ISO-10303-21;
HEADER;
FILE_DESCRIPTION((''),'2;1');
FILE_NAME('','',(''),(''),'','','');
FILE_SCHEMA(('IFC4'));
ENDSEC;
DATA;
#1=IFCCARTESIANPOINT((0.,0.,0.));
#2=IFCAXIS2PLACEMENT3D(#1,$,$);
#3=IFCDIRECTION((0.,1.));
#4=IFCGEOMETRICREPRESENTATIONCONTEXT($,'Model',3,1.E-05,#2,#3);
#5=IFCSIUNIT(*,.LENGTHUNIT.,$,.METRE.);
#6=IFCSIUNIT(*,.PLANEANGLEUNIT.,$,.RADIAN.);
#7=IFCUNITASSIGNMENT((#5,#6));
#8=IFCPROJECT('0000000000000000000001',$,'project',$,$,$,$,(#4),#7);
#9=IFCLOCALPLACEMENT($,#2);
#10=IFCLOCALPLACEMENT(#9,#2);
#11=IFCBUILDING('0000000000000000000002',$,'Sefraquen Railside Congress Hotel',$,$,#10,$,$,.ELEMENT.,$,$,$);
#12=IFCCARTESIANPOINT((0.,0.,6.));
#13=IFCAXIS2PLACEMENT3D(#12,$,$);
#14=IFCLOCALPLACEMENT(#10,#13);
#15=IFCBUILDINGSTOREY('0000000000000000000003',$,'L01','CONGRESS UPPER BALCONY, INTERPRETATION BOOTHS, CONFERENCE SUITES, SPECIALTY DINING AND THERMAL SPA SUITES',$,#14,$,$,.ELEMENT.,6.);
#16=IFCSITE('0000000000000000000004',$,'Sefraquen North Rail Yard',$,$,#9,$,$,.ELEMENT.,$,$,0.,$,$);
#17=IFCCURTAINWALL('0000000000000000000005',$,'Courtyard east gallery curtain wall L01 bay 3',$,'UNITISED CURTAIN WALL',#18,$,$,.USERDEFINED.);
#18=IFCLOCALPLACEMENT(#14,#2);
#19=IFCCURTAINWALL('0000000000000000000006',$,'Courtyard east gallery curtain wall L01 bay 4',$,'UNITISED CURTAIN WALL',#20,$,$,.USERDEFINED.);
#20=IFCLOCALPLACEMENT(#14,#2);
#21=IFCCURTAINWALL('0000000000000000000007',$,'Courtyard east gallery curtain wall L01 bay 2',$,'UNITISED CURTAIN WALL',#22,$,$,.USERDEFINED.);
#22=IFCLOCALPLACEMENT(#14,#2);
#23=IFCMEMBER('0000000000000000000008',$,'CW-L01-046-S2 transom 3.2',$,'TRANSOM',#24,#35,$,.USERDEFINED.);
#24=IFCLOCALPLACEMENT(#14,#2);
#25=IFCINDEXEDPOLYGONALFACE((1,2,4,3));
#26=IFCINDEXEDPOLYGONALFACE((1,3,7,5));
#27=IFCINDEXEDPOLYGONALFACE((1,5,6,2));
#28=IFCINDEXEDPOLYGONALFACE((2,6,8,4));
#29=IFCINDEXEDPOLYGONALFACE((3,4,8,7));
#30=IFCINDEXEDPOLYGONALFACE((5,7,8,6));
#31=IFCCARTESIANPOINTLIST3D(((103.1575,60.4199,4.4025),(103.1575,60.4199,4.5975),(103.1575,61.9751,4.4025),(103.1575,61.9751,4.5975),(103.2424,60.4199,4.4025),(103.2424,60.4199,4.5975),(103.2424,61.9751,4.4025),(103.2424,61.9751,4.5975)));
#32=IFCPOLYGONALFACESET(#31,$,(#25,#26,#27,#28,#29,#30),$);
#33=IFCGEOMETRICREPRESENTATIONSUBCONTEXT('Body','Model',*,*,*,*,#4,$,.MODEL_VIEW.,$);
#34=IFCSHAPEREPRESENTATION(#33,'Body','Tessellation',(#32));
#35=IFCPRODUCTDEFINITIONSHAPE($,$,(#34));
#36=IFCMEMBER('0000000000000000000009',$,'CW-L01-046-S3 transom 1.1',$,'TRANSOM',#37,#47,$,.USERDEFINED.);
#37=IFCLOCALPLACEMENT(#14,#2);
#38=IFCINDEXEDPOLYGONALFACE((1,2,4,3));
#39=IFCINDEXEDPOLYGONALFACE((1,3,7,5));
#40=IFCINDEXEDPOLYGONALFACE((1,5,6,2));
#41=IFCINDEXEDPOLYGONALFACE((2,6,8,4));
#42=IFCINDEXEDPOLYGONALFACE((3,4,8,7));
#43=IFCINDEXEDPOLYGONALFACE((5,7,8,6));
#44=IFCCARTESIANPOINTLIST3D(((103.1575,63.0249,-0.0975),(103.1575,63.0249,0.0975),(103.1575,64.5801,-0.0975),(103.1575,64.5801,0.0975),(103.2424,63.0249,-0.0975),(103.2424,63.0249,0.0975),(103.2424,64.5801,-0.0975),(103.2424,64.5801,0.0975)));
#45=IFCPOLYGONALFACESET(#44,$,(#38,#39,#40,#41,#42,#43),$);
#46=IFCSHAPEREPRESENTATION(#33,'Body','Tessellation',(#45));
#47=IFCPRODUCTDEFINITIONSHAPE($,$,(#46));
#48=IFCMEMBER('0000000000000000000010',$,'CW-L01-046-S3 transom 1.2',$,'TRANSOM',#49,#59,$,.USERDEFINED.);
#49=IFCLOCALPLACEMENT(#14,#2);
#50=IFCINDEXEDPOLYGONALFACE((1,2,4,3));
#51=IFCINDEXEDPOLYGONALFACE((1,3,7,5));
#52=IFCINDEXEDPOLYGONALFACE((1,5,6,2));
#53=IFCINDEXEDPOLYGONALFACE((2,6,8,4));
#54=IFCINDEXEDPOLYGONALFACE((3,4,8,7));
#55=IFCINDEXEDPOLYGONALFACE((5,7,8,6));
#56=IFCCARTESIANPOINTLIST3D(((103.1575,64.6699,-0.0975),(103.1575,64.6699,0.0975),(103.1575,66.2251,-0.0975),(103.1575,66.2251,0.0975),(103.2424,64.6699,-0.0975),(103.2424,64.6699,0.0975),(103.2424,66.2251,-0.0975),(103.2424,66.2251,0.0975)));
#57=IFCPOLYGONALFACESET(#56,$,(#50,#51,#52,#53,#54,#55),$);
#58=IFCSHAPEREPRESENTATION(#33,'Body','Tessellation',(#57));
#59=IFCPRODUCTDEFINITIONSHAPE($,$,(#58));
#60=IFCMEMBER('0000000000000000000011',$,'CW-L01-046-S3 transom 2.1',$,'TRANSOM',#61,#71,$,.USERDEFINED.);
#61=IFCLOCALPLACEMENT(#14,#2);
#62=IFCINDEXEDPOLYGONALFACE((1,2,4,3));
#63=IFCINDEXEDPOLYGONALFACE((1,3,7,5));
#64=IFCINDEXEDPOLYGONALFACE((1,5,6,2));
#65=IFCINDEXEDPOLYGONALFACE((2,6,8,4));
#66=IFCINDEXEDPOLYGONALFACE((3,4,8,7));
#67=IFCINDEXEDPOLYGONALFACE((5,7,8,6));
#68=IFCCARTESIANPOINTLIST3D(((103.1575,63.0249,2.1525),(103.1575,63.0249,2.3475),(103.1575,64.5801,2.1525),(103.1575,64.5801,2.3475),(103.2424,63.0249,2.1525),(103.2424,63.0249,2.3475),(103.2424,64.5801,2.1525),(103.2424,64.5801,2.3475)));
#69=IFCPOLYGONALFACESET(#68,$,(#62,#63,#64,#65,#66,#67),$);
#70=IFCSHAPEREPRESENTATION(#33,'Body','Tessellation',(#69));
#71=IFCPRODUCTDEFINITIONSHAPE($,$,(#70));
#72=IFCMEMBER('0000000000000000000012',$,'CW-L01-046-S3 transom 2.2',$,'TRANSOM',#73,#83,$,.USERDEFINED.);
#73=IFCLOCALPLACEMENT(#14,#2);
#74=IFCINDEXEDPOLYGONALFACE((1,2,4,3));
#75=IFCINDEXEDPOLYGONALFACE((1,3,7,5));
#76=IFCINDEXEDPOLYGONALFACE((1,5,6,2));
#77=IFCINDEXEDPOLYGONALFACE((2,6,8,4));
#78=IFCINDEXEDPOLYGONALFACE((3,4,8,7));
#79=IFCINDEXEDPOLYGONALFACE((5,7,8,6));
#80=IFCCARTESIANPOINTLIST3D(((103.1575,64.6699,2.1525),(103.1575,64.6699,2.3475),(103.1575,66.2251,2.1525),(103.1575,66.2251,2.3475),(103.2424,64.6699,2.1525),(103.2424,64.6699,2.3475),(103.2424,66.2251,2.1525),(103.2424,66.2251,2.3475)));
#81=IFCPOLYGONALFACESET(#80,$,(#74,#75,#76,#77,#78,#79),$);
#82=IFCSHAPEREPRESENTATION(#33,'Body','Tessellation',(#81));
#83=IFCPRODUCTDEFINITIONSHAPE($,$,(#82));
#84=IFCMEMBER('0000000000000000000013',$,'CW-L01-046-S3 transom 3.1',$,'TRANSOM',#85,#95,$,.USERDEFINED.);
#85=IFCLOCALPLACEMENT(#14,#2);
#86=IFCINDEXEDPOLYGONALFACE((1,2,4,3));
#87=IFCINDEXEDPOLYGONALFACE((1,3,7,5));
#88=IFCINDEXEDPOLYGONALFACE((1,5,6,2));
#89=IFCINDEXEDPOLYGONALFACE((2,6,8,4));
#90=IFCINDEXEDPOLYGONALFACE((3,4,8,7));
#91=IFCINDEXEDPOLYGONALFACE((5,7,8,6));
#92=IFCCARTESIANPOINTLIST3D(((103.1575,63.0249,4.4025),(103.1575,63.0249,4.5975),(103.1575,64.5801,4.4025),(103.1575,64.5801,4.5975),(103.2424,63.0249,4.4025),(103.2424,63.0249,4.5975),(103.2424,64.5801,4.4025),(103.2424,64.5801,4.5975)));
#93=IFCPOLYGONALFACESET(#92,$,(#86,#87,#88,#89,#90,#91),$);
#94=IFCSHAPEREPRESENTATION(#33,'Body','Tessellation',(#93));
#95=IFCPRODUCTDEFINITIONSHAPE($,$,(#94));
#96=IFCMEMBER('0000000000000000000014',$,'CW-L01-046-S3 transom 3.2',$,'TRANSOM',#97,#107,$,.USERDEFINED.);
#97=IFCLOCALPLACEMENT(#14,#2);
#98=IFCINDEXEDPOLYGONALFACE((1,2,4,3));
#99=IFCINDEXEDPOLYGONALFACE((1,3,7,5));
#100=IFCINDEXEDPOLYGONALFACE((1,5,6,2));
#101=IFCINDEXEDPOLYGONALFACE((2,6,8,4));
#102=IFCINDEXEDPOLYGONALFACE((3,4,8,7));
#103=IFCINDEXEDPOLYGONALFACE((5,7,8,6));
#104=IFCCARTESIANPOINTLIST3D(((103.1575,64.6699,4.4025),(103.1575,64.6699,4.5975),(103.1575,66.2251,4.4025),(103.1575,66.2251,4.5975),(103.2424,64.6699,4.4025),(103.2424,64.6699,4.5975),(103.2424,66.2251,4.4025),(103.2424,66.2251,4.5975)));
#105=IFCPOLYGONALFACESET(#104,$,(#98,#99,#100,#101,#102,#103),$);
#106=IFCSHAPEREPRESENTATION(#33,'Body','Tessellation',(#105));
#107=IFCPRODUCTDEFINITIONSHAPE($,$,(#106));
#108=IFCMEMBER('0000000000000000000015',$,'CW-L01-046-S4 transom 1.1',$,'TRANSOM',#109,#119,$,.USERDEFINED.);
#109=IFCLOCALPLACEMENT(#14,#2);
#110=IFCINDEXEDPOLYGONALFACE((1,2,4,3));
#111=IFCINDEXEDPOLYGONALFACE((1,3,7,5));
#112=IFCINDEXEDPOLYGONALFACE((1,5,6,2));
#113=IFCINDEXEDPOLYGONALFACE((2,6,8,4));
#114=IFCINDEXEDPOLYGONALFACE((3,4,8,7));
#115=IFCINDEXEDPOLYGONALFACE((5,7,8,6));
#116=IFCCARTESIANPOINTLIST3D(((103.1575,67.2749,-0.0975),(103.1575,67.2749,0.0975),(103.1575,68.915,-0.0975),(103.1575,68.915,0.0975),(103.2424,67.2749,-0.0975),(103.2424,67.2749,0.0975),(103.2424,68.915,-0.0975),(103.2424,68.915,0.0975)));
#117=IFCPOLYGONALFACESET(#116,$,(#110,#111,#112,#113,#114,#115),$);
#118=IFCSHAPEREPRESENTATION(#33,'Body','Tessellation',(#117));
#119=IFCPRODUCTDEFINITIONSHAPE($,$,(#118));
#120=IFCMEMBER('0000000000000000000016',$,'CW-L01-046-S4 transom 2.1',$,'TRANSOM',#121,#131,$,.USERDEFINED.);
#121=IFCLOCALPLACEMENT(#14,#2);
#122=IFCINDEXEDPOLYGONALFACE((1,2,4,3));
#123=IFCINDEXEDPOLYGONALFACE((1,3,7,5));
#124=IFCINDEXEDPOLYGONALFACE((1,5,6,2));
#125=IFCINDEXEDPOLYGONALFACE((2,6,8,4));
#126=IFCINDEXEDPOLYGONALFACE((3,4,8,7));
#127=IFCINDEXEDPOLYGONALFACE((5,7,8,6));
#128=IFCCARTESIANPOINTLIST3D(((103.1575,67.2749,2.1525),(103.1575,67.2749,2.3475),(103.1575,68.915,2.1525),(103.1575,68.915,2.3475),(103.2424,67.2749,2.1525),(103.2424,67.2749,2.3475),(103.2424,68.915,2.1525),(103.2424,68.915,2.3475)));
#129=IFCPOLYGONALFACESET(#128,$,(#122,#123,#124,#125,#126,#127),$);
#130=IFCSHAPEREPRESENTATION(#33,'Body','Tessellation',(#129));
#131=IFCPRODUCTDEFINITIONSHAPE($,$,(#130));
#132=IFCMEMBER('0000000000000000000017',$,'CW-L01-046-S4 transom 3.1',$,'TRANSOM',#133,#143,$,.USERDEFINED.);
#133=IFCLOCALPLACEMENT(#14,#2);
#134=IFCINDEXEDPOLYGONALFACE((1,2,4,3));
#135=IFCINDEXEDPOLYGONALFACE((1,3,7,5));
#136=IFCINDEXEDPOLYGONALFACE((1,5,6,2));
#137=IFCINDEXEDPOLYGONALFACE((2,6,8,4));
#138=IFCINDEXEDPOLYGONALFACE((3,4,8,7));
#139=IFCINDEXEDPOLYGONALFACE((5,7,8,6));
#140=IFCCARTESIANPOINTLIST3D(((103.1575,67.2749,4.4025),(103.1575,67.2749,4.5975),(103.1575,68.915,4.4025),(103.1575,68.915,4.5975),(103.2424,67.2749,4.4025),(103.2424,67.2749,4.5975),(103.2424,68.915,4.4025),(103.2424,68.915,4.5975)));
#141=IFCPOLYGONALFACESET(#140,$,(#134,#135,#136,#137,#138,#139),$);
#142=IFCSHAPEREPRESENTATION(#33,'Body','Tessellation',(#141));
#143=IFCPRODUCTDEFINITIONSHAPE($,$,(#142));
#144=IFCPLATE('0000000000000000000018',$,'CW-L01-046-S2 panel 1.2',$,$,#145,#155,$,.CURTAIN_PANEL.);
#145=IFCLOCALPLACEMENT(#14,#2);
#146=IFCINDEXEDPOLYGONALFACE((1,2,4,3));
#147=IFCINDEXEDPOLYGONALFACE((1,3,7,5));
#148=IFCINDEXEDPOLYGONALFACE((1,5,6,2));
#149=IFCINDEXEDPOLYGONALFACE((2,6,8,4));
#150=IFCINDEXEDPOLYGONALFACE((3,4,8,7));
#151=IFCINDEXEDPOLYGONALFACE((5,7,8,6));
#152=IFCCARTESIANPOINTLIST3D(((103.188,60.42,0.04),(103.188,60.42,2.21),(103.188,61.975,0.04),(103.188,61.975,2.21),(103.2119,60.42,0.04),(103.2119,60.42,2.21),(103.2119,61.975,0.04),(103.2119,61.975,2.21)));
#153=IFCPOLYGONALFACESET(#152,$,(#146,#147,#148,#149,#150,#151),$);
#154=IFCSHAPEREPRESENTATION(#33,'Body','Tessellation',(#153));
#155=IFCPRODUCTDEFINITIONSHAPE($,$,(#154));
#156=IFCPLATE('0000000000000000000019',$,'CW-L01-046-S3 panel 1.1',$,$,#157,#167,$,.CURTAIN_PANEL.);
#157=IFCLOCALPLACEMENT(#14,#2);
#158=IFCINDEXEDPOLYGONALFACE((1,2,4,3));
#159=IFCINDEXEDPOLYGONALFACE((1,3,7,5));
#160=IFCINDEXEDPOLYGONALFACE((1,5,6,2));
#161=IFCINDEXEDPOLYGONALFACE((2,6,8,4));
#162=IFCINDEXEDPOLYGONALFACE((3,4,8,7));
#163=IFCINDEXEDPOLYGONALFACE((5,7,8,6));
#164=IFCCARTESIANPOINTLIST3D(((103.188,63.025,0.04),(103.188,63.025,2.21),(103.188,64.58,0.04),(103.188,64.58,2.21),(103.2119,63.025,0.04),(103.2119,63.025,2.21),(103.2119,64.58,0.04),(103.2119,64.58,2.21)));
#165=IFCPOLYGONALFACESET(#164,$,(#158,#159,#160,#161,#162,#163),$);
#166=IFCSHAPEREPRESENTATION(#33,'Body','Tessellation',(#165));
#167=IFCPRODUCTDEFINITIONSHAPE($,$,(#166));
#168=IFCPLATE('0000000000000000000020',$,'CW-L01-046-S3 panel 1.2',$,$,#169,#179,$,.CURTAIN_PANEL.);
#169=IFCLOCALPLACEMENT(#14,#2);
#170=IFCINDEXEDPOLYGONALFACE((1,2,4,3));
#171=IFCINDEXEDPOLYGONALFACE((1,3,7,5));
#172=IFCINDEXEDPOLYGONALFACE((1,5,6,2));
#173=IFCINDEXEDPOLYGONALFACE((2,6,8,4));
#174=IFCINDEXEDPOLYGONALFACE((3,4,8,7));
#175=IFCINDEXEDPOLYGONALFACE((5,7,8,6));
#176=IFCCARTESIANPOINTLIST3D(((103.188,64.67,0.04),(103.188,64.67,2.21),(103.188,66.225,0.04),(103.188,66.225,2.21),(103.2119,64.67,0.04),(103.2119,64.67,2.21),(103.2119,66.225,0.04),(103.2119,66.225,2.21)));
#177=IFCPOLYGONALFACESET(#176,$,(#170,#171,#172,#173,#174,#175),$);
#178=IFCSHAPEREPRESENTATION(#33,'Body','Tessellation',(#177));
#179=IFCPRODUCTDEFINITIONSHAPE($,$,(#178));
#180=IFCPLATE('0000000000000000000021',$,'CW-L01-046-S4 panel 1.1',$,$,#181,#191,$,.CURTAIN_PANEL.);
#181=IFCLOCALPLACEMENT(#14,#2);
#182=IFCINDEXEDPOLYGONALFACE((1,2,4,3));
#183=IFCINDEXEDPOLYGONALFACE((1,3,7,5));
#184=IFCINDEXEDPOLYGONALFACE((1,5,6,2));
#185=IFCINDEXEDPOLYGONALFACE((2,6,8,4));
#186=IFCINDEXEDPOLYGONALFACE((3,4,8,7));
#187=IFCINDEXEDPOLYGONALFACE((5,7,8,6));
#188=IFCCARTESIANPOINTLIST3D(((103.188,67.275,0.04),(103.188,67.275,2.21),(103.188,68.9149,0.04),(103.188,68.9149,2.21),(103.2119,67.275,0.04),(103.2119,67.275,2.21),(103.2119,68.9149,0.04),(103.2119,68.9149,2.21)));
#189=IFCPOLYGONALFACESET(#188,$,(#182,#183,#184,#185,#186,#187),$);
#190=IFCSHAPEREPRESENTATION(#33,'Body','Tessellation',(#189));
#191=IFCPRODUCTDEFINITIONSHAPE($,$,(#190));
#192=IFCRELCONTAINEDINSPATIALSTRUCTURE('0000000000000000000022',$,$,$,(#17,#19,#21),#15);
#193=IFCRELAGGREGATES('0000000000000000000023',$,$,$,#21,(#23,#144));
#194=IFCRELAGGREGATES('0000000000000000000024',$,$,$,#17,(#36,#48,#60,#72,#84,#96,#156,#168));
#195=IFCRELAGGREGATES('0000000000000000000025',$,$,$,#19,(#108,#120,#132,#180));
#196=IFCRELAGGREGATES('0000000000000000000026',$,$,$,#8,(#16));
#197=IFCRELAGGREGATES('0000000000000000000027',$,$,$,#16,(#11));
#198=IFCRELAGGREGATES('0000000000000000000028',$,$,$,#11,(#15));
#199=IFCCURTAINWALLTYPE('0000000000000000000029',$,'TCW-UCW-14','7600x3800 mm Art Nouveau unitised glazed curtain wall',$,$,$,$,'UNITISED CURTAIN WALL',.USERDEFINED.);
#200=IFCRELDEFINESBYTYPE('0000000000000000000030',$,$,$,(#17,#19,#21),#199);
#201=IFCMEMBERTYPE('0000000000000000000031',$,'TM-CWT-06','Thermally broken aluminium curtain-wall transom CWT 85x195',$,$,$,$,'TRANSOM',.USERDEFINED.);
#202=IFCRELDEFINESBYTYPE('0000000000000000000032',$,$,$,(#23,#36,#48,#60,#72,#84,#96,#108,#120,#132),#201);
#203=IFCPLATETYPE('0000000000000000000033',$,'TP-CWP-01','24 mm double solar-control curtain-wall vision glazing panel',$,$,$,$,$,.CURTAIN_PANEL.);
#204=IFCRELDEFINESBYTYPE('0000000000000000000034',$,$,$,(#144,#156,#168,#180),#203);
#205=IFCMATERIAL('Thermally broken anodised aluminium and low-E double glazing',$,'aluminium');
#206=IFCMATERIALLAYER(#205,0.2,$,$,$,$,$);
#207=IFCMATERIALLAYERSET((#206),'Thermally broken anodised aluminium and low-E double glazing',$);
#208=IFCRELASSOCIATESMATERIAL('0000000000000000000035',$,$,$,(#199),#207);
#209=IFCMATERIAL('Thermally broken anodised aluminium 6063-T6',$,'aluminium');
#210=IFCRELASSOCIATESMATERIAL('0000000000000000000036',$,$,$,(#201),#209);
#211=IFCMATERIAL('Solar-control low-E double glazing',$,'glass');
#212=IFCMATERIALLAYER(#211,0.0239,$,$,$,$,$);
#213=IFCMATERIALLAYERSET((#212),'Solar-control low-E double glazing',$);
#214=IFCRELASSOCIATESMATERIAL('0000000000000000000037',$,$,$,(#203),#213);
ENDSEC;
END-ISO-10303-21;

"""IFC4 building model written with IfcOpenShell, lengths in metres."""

from ifc_helpers import new_model, si_unit, direction, frame, origin, origin_2d, place, context, subcontext, project, spatial, rectangle, extrude, material, layer, layer_set, material_profile, profile_set, type_object, element, aggregate, save


model = new_model("IFC4")

# Units and contexts
model_context = context("Model", 3, precision=1e-05, world=origin(), true_north=direction((0.0, 1.0)))
body_context = subcontext(model_context, "Body", "Model", "MODEL_VIEW")
ifc_project = project(units=[si_unit("LENGTHUNIT", "METRE"), si_unit("PLANEANGLEUNIT", "RADIAN")], contexts=[model_context])

# Site, building, storey
site_placement = place(None, origin())
site = spatial("IfcSite", under=ifc_project, at=site_placement, Name="Sefraquen North Rail Yard", CompositionType="ELEMENT", RefElevation=0.0)
building_placement = place(site_placement, origin())
building = spatial("IfcBuilding", under=site, at=building_placement, Name="Sefraquen Railside Congress Hotel", CompositionType="ELEMENT")
storey_placement = place(building_placement, frame((0.0, 0.0, 6.0)))
storey = spatial("IfcBuildingStorey", under=building, at=storey_placement, Name="L01", Description="CONGRESS UPPER BALCONY, INTERPRETATION BOOTHS, CONFERENCE SUITES, SPECIALTY DINING AND THERMAL SPA SUITES", CompositionType="ELEMENT", Elevation=6.0)

# Curtain walls
ifc_material_1 = material(Name="Thermally broken anodised aluminium and low-E double glazing", Category="aluminium")
ifc_layer_1 = layer(ifc_material_1, 0.2)
ifc_layer_set_1 = layer_set([ifc_layer_1], Name="Thermally broken anodised aluminium and low-E double glazing")
curtain_wall_type = type_object("IfcCurtainWallType", Name="TCW-UCW-14", Description="7600x3800 mm Art Nouveau unitised glazed curtain wall", ElementType="UNITISED CURTAIN WALL", PredefinedType="USERDEFINED", material=ifc_layer_set_1)
curtain_wall_1_placement = place(storey_placement, origin())
curtain_wall_1 = element("IfcCurtainWall", 1, at=curtain_wall_1_placement, inside=storey, type_object=curtain_wall_type, Name="Courtyard east gallery curtain wall L01 bay 3", ObjectType="UNITISED CURTAIN WALL", PredefinedType="USERDEFINED")
ifc_material_2 = material(Name="Thermally broken anodised aluminium 6063-T6", Category="aluminium")
curtain_wall_2_placement = place(storey_placement, origin())
curtain_wall_2 = element("IfcCurtainWall", 2, at=curtain_wall_2_placement, inside=storey, type_object=curtain_wall_type, Name="Courtyard east gallery curtain wall L01 bay 4", ObjectType="UNITISED CURTAIN WALL", PredefinedType="USERDEFINED")
curtain_wall_3_placement = place(storey_placement, origin())
curtain_wall_3 = element("IfcCurtainWall", 3, at=curtain_wall_3_placement, inside=storey, type_object=curtain_wall_type, Name="Courtyard east gallery curtain wall L01 bay 2", ObjectType="UNITISED CURTAIN WALL", PredefinedType="USERDEFINED")

# Members
ifc_material_profile_1 = material_profile(ifc_material_2, rectangle(XDim=0.085, YDim=0.1951, at=origin_2d()), Name="CWT 85x195")
ifc_profile_set_1 = profile_set([ifc_material_profile_1], Name="Thermally broken anodised aluminium 6063-T6")
member_type_1 = type_object("IfcMemberType", Name="TM-CWT-06", Description="Thermally broken aluminium curtain-wall transom CWT 85x195", ElementType="TRANSOM", PredefinedType="USERDEFINED", material=ifc_profile_set_1)
member_1_placement = place(storey_placement, frame((103.2, 60.4199, 4.5), z_axis=(0.0, 1.0, 0.0), x_axis=(-1.0, 0.0, 0.0)))
member_1 = element("IfcMember", 4, at=member_1_placement, type_object=member_type_1, Name="CW-L01-046-S2 transom 3.2", ObjectType="TRANSOM", PredefinedType="USERDEFINED", context=body_context, shape_type="SweptSolid", body=[
    extrude(rectangle(XDim=0.085, YDim=0.1951, at=origin_2d()), origin(), (0.0, 0.0, 1.0), 1.5552),
])
member_2_placement = place(storey_placement, frame((103.2, 63.0249, 0.0), z_axis=(0.0, 1.0, 0.0), x_axis=(-1.0, 0.0, 0.0)))
member_2 = element("IfcMember", 5, at=member_2_placement, type_object=member_type_1, Name="CW-L01-046-S3 transom 1.1", ObjectType="TRANSOM", PredefinedType="USERDEFINED", context=body_context, shape_type="SweptSolid", body=[
    extrude(rectangle(XDim=0.085, YDim=0.1951, at=origin_2d()), origin(), (0.0, 0.0, 1.0), 1.5552),
])
member_3_placement = place(storey_placement, frame((103.2, 64.6699, 0.0), z_axis=(0.0, 1.0, 0.0), x_axis=(-1.0, 0.0, 0.0)))
member_3 = element("IfcMember", 6, at=member_3_placement, type_object=member_type_1, Name="CW-L01-046-S3 transom 1.2", ObjectType="TRANSOM", PredefinedType="USERDEFINED", context=body_context, shape_type="SweptSolid", body=[
    extrude(rectangle(XDim=0.085, YDim=0.1951, at=origin_2d()), origin(), (0.0, 0.0, 1.0), 1.5552),
])
member_4_placement = place(storey_placement, frame((103.2, 63.0249, 2.25), z_axis=(0.0, 1.0, 0.0), x_axis=(-1.0, 0.0, 0.0)))
member_4 = element("IfcMember", 7, at=member_4_placement, type_object=member_type_1, Name="CW-L01-046-S3 transom 2.1", ObjectType="TRANSOM", PredefinedType="USERDEFINED", context=body_context, shape_type="SweptSolid", body=[
    extrude(rectangle(XDim=0.085, YDim=0.1951, at=origin_2d()), origin(), (0.0, 0.0, 1.0), 1.5552),
])
member_5_placement = place(storey_placement, frame((103.2, 64.6699, 2.25), z_axis=(0.0, 1.0, 0.0), x_axis=(-1.0, 0.0, 0.0)))
member_5 = element("IfcMember", 8, at=member_5_placement, type_object=member_type_1, Name="CW-L01-046-S3 transom 2.2", ObjectType="TRANSOM", PredefinedType="USERDEFINED", context=body_context, shape_type="SweptSolid", body=[
    extrude(rectangle(XDim=0.085, YDim=0.1951, at=origin_2d()), origin(), (0.0, 0.0, 1.0), 1.5552),
])
member_6_placement = place(storey_placement, frame((103.2, 63.0249, 4.5), z_axis=(0.0, 1.0, 0.0), x_axis=(-1.0, 0.0, 0.0)))
member_6 = element("IfcMember", 9, at=member_6_placement, type_object=member_type_1, Name="CW-L01-046-S3 transom 3.1", ObjectType="TRANSOM", PredefinedType="USERDEFINED", context=body_context, shape_type="SweptSolid", body=[
    extrude(rectangle(XDim=0.085, YDim=0.1951, at=origin_2d()), origin(), (0.0, 0.0, 1.0), 1.5552),
])
member_7_placement = place(storey_placement, frame((103.2, 64.6699, 4.5), z_axis=(0.0, 1.0, 0.0), x_axis=(-1.0, 0.0, 0.0)))
member_7 = element("IfcMember", 10, at=member_7_placement, type_object=member_type_1, Name="CW-L01-046-S3 transom 3.2", ObjectType="TRANSOM", PredefinedType="USERDEFINED", context=body_context, shape_type="SweptSolid", body=[
    extrude(rectangle(XDim=0.085, YDim=0.1951, at=origin_2d()), origin(), (0.0, 0.0, 1.0), 1.5552),
])
member_8_placement = place(storey_placement, frame((103.2, 67.2749, 0.0), z_axis=(0.0, 1.0, 0.0), x_axis=(-1.0, 0.0, 0.0)))
member_8 = element("IfcMember", 11, at=member_8_placement, type_object=member_type_1, Name="CW-L01-046-S4 transom 1.1", ObjectType="TRANSOM", PredefinedType="USERDEFINED", context=body_context, shape_type="SweptSolid", body=[
    extrude(rectangle(XDim=0.085, YDim=0.1951, at=origin_2d()), origin(), (0.0, 0.0, 1.0), 1.6401),
])
member_9_placement = place(storey_placement, frame((103.2, 67.2749, 2.25), z_axis=(0.0, 1.0, 0.0), x_axis=(-1.0, 0.0, 0.0)))
member_9 = element("IfcMember", 12, at=member_9_placement, type_object=member_type_1, Name="CW-L01-046-S4 transom 2.1", ObjectType="TRANSOM", PredefinedType="USERDEFINED", context=body_context, shape_type="SweptSolid", body=[
    extrude(rectangle(XDim=0.085, YDim=0.1951, at=origin_2d()), origin(), (0.0, 0.0, 1.0), 1.6401),
])
member_10_placement = place(storey_placement, frame((103.2, 67.2749, 4.5), z_axis=(0.0, 1.0, 0.0), x_axis=(-1.0, 0.0, 0.0)))
member_10 = element("IfcMember", 13, at=member_10_placement, type_object=member_type_1, Name="CW-L01-046-S4 transom 3.1", ObjectType="TRANSOM", PredefinedType="USERDEFINED", context=body_context, shape_type="SweptSolid", body=[
    extrude(rectangle(XDim=0.085, YDim=0.1951, at=origin_2d()), origin(), (0.0, 0.0, 1.0), 1.6401),
])

# Plates
ifc_material_3 = material(Name="Solar-control low-E double glazing", Category="glass")
ifc_layer_2 = layer(ifc_material_3, 0.0239)
ifc_layer_set_2 = layer_set([ifc_layer_2], Name="Solar-control low-E double glazing")
plate_type_1 = type_object("IfcPlateType", Name="TP-CWP-01", Description="24 mm double solar-control curtain-wall vision glazing panel", PredefinedType="CURTAIN_PANEL", material=ifc_layer_set_2)
plate_1_placement = place(storey_placement, frame((103.2, 61.1975, 0.04), z_axis=(0.0, 0.0, 1.0), x_axis=(0.0, 1.0, 0.0)))
plate_1 = element("IfcPlate", 14, at=plate_1_placement, type_object=plate_type_1, Name="CW-L01-046-S2 panel 1.2", PredefinedType="CURTAIN_PANEL", context=body_context, shape_type="SweptSolid", body=[
    extrude(rectangle(XDim=1.5549, YDim=0.0239, at=origin_2d()), origin(), (0.0, 0.0, 1.0), 2.1699),
])
plate_2_placement = place(storey_placement, frame((103.2, 63.8025, 0.04), z_axis=(0.0, 0.0, 1.0), x_axis=(0.0, 1.0, 0.0)))
plate_2 = element("IfcPlate", 15, at=plate_2_placement, type_object=plate_type_1, Name="CW-L01-046-S3 panel 1.1", PredefinedType="CURTAIN_PANEL", context=body_context, shape_type="SweptSolid", body=[
    extrude(rectangle(XDim=1.5549, YDim=0.0239, at=origin_2d()), origin(), (0.0, 0.0, 1.0), 2.1699),
])
plate_3_placement = place(storey_placement, frame((103.2, 65.4475, 0.04), z_axis=(0.0, 0.0, 1.0), x_axis=(0.0, 1.0, 0.0)))
plate_3 = element("IfcPlate", 16, at=plate_3_placement, type_object=plate_type_1, Name="CW-L01-046-S3 panel 1.2", PredefinedType="CURTAIN_PANEL", context=body_context, shape_type="SweptSolid", body=[
    extrude(rectangle(XDim=1.5549, YDim=0.0239, at=origin_2d()), origin(), (0.0, 0.0, 1.0), 2.1699),
])
plate_4_placement = place(storey_placement, frame((103.2, 68.095, 0.04), z_axis=(0.0, 0.0, 1.0), x_axis=(0.0, 1.0, 0.0)))
plate_4 = element("IfcPlate", 17, at=plate_4_placement, type_object=plate_type_1, Name="CW-L01-046-S4 panel 1.1", PredefinedType="CURTAIN_PANEL", context=body_context, shape_type="SweptSolid", body=[
    extrude(rectangle(XDim=1.6399, YDim=0.0239, at=origin_2d()), origin(), (0.0, 0.0, 1.0), 2.1699),
])
aggregate(curtain_wall_3, [member_1, plate_1])
aggregate(curtain_wall_1, [member_2, member_3, member_4, member_5, member_6, member_7, plate_2, plate_3])
aggregate(curtain_wall_2, [member_8, member_9, member_10, plate_4])

save(model, "model.ifc")
